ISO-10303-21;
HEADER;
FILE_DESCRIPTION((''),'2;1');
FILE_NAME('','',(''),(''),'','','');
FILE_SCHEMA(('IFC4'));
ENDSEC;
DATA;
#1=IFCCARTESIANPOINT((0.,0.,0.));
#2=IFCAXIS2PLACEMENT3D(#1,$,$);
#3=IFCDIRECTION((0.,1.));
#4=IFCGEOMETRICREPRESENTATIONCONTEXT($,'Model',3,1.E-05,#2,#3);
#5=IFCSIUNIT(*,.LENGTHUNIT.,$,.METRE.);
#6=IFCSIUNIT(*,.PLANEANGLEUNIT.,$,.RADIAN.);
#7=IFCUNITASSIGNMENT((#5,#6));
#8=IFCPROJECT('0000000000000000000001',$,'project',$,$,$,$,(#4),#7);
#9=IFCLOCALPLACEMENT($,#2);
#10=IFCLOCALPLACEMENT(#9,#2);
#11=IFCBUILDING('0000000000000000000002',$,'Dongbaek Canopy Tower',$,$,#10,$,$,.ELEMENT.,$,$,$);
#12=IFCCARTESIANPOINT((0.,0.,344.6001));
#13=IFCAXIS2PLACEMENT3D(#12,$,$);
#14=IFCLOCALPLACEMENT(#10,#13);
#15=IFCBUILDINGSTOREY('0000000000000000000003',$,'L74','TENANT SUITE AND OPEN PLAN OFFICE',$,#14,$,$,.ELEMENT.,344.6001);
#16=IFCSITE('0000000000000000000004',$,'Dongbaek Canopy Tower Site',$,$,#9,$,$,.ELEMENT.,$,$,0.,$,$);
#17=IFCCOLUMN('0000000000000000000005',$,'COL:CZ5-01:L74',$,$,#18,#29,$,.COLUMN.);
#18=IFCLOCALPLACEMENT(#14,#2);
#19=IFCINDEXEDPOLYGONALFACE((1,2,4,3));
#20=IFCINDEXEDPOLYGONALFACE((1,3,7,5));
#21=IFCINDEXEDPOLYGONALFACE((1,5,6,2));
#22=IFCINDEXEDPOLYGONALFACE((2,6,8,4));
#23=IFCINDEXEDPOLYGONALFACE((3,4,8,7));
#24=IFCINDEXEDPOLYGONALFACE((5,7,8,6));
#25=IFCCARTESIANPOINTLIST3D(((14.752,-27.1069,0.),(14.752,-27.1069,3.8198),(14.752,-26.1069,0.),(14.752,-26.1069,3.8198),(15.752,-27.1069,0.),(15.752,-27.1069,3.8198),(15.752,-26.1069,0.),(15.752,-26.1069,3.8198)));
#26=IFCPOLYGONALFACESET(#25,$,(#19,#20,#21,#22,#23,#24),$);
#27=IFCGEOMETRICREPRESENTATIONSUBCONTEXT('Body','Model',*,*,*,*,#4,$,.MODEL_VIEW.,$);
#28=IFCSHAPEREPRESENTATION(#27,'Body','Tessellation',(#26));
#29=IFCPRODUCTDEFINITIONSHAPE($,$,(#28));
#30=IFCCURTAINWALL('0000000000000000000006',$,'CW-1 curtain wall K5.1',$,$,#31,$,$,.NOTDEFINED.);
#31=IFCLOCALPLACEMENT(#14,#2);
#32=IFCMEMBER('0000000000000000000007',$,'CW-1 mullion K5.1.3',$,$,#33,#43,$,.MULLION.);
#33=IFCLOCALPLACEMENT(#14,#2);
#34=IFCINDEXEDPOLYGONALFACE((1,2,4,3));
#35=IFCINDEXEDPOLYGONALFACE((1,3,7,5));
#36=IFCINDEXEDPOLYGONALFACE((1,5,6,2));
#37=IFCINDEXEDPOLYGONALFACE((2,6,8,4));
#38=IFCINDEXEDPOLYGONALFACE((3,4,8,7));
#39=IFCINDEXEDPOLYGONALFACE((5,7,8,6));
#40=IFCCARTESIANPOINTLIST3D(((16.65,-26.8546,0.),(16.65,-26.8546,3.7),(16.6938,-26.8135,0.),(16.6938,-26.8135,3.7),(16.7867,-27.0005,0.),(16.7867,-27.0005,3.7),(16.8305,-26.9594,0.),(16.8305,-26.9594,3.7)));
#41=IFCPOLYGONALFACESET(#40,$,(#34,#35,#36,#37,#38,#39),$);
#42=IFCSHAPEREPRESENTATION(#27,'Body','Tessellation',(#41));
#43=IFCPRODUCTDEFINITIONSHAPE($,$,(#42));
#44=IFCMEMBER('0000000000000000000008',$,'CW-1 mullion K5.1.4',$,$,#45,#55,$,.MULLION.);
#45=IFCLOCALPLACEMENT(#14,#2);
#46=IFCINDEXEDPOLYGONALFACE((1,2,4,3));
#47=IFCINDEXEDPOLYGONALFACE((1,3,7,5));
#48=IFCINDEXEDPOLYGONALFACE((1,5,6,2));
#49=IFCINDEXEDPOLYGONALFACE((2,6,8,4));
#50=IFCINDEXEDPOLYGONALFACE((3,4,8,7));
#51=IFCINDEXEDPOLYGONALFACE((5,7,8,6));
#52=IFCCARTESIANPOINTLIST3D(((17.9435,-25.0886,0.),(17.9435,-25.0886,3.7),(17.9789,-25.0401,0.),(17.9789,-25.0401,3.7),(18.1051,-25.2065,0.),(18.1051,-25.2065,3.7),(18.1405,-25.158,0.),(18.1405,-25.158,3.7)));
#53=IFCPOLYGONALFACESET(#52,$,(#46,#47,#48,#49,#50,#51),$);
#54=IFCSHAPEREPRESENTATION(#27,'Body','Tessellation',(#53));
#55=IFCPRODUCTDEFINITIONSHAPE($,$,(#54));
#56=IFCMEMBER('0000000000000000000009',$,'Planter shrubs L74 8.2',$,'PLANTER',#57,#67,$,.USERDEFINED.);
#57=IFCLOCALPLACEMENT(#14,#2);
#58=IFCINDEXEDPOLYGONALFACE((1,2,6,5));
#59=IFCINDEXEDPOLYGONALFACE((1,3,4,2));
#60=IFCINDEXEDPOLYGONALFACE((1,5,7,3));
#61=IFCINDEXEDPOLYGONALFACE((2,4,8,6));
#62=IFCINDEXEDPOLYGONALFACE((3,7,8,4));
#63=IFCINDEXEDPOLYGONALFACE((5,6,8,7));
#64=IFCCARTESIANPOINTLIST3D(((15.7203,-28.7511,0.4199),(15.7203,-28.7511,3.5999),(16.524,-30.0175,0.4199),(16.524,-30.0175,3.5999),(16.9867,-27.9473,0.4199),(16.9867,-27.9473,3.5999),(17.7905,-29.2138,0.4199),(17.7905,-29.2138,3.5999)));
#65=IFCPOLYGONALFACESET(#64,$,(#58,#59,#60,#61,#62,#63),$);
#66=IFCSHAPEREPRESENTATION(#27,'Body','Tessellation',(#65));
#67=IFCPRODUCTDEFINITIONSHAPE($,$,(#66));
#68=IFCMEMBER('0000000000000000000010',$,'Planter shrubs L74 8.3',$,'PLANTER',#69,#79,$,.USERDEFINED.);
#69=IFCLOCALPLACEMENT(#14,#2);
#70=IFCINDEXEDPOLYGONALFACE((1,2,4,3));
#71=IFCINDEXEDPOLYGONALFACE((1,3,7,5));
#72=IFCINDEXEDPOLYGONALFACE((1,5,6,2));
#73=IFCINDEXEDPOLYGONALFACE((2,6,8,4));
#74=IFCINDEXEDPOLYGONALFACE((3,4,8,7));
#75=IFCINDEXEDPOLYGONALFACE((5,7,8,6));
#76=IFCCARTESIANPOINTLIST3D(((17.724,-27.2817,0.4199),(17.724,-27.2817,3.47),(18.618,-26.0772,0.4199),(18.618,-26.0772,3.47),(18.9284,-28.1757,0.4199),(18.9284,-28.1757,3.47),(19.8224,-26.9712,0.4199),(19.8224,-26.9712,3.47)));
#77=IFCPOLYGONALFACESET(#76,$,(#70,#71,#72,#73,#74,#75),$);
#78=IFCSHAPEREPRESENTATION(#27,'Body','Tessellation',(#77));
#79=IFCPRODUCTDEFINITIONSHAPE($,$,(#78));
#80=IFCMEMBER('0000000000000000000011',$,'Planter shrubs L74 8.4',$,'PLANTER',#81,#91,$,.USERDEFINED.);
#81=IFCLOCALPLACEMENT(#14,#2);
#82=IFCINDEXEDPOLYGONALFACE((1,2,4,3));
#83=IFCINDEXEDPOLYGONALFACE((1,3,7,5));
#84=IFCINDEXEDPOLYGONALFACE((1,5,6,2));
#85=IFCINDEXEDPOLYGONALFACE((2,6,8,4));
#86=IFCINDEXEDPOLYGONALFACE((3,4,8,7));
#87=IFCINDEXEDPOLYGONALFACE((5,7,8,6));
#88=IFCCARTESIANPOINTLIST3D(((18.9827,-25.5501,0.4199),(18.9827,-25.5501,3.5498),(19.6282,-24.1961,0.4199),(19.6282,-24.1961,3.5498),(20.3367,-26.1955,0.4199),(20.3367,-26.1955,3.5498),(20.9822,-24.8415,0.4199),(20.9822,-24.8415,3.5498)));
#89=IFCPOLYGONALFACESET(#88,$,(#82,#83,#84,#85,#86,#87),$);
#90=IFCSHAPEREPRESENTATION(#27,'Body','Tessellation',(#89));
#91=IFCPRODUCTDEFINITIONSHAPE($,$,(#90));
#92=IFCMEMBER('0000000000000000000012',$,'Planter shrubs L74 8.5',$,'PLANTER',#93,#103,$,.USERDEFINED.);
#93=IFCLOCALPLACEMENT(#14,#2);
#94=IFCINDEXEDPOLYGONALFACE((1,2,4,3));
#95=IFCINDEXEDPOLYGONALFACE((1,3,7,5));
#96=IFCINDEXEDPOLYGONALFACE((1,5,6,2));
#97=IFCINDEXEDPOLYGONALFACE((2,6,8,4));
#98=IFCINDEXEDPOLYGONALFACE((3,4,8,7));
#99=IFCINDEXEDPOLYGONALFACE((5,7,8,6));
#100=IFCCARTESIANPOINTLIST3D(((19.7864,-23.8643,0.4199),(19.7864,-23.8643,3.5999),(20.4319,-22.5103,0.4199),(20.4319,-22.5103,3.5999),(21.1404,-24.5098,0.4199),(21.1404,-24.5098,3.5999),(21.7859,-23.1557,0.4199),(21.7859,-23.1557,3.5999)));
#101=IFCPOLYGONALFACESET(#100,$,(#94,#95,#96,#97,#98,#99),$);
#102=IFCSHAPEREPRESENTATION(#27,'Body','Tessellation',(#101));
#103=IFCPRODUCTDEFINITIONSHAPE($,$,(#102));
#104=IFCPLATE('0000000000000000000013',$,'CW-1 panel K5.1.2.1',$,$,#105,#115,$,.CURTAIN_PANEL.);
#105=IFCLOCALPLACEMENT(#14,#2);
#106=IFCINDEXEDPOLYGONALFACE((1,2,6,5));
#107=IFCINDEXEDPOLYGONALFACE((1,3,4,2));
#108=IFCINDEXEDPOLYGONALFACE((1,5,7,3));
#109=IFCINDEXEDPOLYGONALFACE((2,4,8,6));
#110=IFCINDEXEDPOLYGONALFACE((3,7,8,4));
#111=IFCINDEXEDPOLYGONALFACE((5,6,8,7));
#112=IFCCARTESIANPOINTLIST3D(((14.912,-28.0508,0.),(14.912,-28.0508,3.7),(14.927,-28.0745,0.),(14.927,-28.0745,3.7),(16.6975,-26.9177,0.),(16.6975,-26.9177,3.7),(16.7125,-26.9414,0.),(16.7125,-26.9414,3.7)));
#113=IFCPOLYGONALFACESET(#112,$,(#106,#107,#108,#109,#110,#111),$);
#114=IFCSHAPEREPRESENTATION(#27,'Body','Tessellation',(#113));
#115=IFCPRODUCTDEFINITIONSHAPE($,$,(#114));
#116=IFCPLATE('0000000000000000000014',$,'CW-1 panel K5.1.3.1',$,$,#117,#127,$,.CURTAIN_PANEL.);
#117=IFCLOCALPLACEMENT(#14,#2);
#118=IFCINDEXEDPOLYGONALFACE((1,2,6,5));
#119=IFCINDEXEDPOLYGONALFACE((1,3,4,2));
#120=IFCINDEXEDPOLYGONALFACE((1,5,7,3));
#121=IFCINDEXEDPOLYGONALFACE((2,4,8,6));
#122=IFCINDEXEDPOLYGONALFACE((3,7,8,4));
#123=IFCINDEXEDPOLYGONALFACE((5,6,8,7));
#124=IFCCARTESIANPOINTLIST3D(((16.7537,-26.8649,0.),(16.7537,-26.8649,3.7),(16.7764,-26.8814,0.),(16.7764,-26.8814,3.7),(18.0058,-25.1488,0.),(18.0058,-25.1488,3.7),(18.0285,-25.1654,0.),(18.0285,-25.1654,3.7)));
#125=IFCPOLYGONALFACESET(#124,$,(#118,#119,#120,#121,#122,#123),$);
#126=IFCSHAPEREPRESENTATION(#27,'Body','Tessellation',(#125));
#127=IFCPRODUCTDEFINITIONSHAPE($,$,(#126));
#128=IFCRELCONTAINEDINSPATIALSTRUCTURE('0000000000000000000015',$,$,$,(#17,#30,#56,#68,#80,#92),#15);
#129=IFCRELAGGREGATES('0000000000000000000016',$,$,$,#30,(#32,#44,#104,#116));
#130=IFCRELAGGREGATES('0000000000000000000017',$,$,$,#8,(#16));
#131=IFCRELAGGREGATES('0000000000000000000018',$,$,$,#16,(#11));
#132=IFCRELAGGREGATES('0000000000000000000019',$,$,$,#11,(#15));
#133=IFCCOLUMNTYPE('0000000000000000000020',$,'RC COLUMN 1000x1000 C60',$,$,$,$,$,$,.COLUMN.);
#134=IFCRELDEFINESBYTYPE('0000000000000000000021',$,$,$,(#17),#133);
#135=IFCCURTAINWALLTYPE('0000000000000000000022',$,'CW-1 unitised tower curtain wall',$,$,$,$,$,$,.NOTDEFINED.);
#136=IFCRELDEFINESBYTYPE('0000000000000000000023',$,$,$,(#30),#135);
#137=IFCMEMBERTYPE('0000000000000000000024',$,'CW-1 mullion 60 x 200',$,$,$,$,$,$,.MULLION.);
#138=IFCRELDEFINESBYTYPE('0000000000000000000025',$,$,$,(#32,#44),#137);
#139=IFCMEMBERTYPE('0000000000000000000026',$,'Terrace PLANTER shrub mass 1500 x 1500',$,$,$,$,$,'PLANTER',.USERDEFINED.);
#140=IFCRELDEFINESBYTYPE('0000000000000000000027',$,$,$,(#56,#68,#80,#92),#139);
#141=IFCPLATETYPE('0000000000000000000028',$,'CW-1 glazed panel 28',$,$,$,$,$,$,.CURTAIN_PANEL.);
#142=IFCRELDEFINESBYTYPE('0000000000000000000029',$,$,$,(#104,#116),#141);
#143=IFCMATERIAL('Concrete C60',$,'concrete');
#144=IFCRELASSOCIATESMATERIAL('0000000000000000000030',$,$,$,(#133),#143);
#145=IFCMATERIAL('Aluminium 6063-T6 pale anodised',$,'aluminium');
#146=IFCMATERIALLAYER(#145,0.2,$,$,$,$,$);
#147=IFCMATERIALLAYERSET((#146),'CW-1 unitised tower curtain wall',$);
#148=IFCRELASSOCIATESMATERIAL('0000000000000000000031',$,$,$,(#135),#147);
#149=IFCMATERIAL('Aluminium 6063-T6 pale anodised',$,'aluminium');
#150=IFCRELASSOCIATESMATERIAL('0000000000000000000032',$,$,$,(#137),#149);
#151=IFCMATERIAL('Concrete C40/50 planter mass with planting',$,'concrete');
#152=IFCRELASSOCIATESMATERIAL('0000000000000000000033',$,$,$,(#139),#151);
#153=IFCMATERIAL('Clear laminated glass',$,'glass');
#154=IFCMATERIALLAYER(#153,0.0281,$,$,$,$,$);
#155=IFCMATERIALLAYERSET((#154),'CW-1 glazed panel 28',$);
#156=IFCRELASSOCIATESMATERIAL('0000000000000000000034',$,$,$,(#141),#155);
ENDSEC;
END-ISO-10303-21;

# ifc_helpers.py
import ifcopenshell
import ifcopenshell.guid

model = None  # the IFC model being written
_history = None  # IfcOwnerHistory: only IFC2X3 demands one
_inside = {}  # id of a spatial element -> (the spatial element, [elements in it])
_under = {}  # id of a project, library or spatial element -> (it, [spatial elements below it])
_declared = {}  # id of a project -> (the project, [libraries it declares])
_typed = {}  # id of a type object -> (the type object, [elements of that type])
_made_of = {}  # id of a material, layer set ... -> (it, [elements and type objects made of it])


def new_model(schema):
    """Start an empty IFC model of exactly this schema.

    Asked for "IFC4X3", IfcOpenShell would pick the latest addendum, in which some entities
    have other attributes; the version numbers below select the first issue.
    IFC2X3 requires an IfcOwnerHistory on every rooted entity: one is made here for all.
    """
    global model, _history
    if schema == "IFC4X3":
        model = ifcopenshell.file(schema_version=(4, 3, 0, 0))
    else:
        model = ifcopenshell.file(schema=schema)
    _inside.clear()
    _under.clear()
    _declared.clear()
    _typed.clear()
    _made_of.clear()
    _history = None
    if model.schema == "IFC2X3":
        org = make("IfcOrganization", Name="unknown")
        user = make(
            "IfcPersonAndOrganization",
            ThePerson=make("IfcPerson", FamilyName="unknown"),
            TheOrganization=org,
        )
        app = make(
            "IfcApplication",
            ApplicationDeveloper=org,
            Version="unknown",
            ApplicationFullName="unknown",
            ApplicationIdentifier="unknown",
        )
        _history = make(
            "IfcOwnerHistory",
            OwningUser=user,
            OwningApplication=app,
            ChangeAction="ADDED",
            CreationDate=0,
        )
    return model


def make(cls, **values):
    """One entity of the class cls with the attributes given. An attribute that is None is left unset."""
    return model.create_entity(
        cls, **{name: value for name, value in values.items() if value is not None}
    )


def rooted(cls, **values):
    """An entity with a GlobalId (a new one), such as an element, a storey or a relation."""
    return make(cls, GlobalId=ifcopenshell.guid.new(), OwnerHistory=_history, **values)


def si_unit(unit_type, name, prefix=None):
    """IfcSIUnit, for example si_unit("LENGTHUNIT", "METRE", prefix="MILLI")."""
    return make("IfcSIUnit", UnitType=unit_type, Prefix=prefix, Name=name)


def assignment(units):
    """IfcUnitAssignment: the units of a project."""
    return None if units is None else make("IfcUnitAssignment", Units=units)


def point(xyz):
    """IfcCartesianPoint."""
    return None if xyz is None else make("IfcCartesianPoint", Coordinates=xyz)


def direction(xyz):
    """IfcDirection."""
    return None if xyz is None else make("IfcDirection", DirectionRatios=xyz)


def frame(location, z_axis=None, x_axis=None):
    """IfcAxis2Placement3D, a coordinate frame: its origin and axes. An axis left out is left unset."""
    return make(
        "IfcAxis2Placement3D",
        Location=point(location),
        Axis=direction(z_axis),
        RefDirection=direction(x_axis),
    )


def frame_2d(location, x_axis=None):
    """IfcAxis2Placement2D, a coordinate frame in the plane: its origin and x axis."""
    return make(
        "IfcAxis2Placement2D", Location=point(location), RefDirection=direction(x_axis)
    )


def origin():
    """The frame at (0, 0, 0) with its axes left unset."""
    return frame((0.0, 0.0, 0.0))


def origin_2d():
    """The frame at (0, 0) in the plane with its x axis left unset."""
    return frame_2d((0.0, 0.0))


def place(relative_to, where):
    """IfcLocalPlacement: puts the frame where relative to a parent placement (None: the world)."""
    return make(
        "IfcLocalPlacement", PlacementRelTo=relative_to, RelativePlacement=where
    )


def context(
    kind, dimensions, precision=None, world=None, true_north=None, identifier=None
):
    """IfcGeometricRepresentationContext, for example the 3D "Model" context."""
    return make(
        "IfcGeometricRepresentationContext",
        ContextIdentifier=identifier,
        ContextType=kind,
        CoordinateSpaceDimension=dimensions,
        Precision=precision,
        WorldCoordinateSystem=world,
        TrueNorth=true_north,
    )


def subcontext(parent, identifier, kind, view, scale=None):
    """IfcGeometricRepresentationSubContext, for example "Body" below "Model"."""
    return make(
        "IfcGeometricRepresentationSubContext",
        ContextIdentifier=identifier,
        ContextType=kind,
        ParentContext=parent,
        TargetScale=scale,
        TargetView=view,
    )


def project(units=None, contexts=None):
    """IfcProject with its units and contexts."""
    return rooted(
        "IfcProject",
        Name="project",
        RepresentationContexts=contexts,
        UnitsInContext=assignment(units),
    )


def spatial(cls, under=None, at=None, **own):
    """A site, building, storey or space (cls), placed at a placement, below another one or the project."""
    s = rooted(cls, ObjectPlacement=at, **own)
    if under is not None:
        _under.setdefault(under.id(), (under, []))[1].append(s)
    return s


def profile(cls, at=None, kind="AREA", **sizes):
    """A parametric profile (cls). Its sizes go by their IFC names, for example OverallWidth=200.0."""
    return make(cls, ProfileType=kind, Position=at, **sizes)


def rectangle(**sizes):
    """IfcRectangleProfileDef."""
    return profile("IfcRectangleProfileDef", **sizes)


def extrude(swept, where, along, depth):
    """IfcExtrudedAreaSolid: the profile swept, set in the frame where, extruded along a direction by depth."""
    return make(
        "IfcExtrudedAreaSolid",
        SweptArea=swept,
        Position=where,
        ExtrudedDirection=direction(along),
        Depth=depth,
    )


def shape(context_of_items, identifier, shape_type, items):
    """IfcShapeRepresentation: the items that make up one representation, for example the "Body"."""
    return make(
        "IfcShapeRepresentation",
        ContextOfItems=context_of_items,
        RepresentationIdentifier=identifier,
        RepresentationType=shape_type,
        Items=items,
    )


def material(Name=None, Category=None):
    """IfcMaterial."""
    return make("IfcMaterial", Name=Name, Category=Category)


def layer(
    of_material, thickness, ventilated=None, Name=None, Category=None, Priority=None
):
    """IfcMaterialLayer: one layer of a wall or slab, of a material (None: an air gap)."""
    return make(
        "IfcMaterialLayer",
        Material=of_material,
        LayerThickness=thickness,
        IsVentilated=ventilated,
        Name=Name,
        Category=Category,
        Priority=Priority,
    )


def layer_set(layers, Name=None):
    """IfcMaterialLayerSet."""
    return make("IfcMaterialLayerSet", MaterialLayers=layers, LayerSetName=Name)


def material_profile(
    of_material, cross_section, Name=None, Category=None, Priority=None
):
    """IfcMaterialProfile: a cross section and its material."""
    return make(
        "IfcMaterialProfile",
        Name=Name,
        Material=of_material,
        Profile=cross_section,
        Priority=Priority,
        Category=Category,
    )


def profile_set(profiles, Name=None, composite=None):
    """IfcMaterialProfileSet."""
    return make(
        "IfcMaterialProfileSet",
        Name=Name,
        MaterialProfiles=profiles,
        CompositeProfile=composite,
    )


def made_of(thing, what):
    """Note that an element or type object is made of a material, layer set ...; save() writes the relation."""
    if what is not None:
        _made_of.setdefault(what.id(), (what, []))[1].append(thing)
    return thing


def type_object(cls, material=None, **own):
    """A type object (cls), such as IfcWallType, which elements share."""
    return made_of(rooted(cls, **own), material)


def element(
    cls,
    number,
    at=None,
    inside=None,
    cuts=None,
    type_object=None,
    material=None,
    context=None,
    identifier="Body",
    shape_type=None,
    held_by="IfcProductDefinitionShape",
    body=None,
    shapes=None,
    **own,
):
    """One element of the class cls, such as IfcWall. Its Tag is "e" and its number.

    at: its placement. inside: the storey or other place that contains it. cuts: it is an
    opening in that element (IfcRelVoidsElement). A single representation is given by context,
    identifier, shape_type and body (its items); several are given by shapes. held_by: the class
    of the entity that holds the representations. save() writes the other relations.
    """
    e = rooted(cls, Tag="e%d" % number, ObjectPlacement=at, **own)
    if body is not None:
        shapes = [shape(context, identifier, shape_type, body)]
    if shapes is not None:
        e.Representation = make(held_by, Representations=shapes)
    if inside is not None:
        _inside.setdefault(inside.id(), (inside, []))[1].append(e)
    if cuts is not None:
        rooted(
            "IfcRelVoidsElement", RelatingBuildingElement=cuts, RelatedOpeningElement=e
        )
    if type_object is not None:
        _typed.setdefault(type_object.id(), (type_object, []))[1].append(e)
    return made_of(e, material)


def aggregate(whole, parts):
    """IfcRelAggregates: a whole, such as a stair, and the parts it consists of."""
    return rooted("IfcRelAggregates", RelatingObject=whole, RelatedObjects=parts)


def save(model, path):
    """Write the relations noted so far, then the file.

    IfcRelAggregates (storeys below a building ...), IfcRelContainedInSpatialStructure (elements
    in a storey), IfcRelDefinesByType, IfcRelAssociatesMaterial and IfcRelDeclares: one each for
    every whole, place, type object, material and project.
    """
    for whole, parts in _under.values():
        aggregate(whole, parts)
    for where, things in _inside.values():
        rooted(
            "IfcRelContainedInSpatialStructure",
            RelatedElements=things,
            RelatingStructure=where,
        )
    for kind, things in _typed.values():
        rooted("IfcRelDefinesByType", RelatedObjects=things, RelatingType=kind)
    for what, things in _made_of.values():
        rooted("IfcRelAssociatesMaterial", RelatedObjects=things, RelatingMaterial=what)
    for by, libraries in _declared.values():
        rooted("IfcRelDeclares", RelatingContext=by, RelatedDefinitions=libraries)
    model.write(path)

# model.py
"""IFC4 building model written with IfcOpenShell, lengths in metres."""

from ifc_helpers import new_model, si_unit, direction, frame, origin, origin_2d, place, context, subcontext, project, spatial, rectangle, extrude, material, layer, layer_set, material_profile, profile_set, type_object, element, aggregate, save


model = new_model("IFC4")

# Units and contexts
model_context = context("Model", 3, precision=1e-05, world=origin(), true_north=direction((0.0, 1.0)))
body_context = subcontext(model_context, "Body", "Model", "MODEL_VIEW")
ifc_project = project(units=[si_unit("LENGTHUNIT", "METRE"), si_unit("PLANEANGLEUNIT", "RADIAN")], contexts=[model_context])

# Site, building, storey
site_placement = place(None, origin())
site = spatial("IfcSite", under=ifc_project, at=site_placement, Name="Dongbaek Canopy Tower Site", CompositionType="ELEMENT", RefElevation=0.0)
building_placement = place(site_placement, origin())
building = spatial("IfcBuilding", under=site, at=building_placement, Name="Dongbaek Canopy Tower", CompositionType="ELEMENT")
storey_placement = place(building_placement, frame((0.0, 0.0, 344.6001)))
storey = spatial("IfcBuildingStorey", under=building, at=storey_placement, Name="L74", Description="TENANT SUITE AND OPEN PLAN OFFICE", CompositionType="ELEMENT", Elevation=344.6001)

# Column
ifc_material_1 = material(Name="Concrete C60", Category="concrete")
ifc_material_profile_1 = material_profile(ifc_material_1, rectangle(XDim=1.0, YDim=1.0, at=origin_2d()), Name="RC COLUMN 1000x1000 C60")
ifc_profile_set_1 = profile_set([ifc_material_profile_1], Name="Concrete C60")
column_type = type_object("IfcColumnType", Name="RC COLUMN 1000x1000 C60", PredefinedType="COLUMN", material=ifc_profile_set_1)
column_placement = place(storey_placement, frame((15.252, -26.6069, 0.0), z_axis=(0.0, 0.0, 1.0), x_axis=(1.0, 0.0, 0.0)))
element("IfcColumn", 1, at=column_placement, inside=storey, type_object=column_type, Name="COL:CZ5-01:L74", PredefinedType="COLUMN", context=body_context, shape_type="SweptSolid", body=[
    extrude(rectangle(XDim=1.0, YDim=1.0, at=origin_2d()), origin(), (0.0, 0.0, 1.0), 3.8198),
])

# Curtain wall, members
ifc_material_2 = material(Name="Aluminium 6063-T6 pale anodised", Category="aluminium")
ifc_layer_1 = layer(ifc_material_2, 0.2)
ifc_layer_set_1 = layer_set([ifc_layer_1], Name="CW-1 unitised tower curtain wall")
curtain_wall_type = type_object("IfcCurtainWallType", Name="CW-1 unitised tower curtain wall", PredefinedType="NOTDEFINED", material=ifc_layer_set_1)
curtain_wall_placement = place(storey_placement, origin())
curtain_wall = element("IfcCurtainWall", 2, at=curtain_wall_placement, inside=storey, type_object=curtain_wall_type, Name="CW-1 curtain wall K5.1", PredefinedType="NOTDEFINED")
ifc_material_3 = material(Name="Aluminium 6063-T6 pale anodised", Category="aluminium")
ifc_material_profile_2 = material_profile(ifc_material_3, rectangle(XDim=0.2, YDim=0.0601, at=origin_2d()), Name="CW-1 mullion 60 x 200")
ifc_profile_set_2 = profile_set([ifc_material_profile_2], Name="Aluminium 6063-T6 pale anodised")
member_type_1 = type_object("IfcMemberType", Name="CW-1 mullion 60 x 200", PredefinedType="MULLION", material=ifc_profile_set_2)
member_1_placement = place(storey_placement, frame((16.7402, -26.907, 0.0), z_axis=(0.0, 0.0, 1.0), x_axis=(0.683818, -0.729653, 0.0)))
member_1 = element("IfcMember", 3, at=member_1_placement, type_object=member_type_1, Name="CW-1 mullion K5.1.3", PredefinedType="MULLION", context=body_context, shape_type="SweptSolid", body=[
    extrude(rectangle(XDim=0.2, YDim=0.0601, at=origin_2d()), origin(), (0.0, 0.0, 1.0), 3.7),
])
member_2_placement = place(storey_placement, frame((18.042, -25.1233, 0.0), z_axis=(0.0, 0.0, 1.0), x_axis=(0.80783, -0.589416, 0.0)))
member_2 = element("IfcMember", 4, at=member_2_placement, type_object=member_type_1, Name="CW-1 mullion K5.1.4", PredefinedType="MULLION", context=body_context, shape_type="SweptSolid", body=[
    extrude(rectangle(XDim=0.2, YDim=0.0601, at=origin_2d()), origin(), (0.0, 0.0, 1.0), 3.7),
])

# Members
ifc_material_4 = material(Name="Concrete C40/50 planter mass with planting", Category="concrete")
ifc_material_profile_3 = material_profile(ifc_material_4, rectangle(XDim=1.5, YDim=1.5, at=origin_2d()), Name="Terrace PLANTER shrub mass 1500 x 1500")
ifc_profile_set_3 = profile_set([ifc_material_profile_3], Name="Concrete C40/50 planter mass with planting")
member_type_2 = type_object("IfcMemberType", Name="Terrace PLANTER shrub mass 1500 x 1500", ElementType="PLANTER", PredefinedType="USERDEFINED", material=ifc_profile_set_3)
member_3_placement = place(storey_placement, frame((16.7554, -28.9824, 0.4199), z_axis=(0.0, 0.0, 1.0), x_axis=(0.53584, -0.844319, 0.0)))
element("IfcMember", 5, at=member_3_placement, inside=storey, type_object=member_type_2, Name="Planter shrubs L74 8.2", ObjectType="PLANTER", PredefinedType="USERDEFINED", context=body_context, shape_type="SweptSolid", body=[
    extrude(rectangle(XDim=1.5, YDim=1.5, at=origin_2d()), origin(), (0.0, 0.0, 1.0), 3.1799),
])
member_4_placement = place(storey_placement, frame((18.7732, -27.1265, 0.4199), z_axis=(0.0, 0.0, 1.0), x_axis=(0.802975, -0.596012, 0.0)))
element("IfcMember", 6, at=member_4_placement, inside=storey, type_object=member_type_2, Name="Planter shrubs L74 8.3", ObjectType="PLANTER", PredefinedType="USERDEFINED", context=body_context, shape_type="SweptSolid", body=[
    extrude(rectangle(XDim=1.5, YDim=1.5, at=origin_2d()), origin(), (0.0, 0.0, 1.0), 3.05),
])
member_5_placement = place(storey_placement, frame((19.9824, -25.1958, 0.4199), z_axis=(0.0, 0.0, 1.0), x_axis=(0.902678, -0.430316, 0.0)))
element("IfcMember", 7, at=member_5_placement, inside=storey, type_object=member_type_2, Name="Planter shrubs L74 8.4", ObjectType="PLANTER", PredefinedType="USERDEFINED", context=body_context, shape_type="SweptSolid", body=[
    extrude(rectangle(XDim=1.5, YDim=1.5, at=origin_2d()), origin(), (0.0, 0.0, 1.0), 3.1299),
])
member_6_placement = place(storey_placement, frame((20.7861, -23.51, 0.4199), z_axis=(0.0, 0.0, 1.0), x_axis=(0.902678, -0.430316, 0.0)))
element("IfcMember", 8, at=member_6_placement, inside=storey, type_object=member_type_2, Name="Planter shrubs L74 8.5", ObjectType="PLANTER", PredefinedType="USERDEFINED", context=body_context, shape_type="SweptSolid", body=[
    extrude(rectangle(XDim=1.5, YDim=1.5, at=origin_2d()), origin(), (0.0, 0.0, 1.0), 3.1799),
])

# Plates
ifc_material_5 = material(Name="Clear laminated glass", Category="glass")
ifc_layer_2 = layer(ifc_material_5, 0.0281)
ifc_layer_set_2 = layer_set([ifc_layer_2], Name="CW-1 glazed panel 28")
plate_type = type_object("IfcPlateType", Name="CW-1 glazed panel 28", PredefinedType="CURTAIN_PANEL", material=ifc_layer_set_2)
plate_1_placement = place(storey_placement, frame((15.8123, -27.4961, 0.0), z_axis=(0.0, 0.0, 1.0), x_axis=(0.844319, 0.53584, 0.0)))
plate_1 = element("IfcPlate", 9, at=plate_1_placement, type_object=plate_type, Name="CW-1 panel K5.1.2.1", PredefinedType="CURTAIN_PANEL", context=body_context, shape_type="SweptSolid", body=[
    extrude(rectangle(XDim=2.1147, YDim=0.0281, at=origin_2d()), origin(), (0.0, 0.0, 1.0), 3.7),
])
plate_2_placement = place(storey_placement, frame((17.3911, -26.0151, 0.0), z_axis=(0.0, 0.0, 1.0), x_axis=(0.589416, 0.80783, 0.0)))
plate_2 = element("IfcPlate", 10, at=plate_2_placement, type_object=plate_type, Name="CW-1 panel K5.1.3.1", PredefinedType="CURTAIN_PANEL", context=body_context, shape_type="SweptSolid", body=[
    extrude(rectangle(XDim=2.1243, YDim=0.0281, at=origin_2d()), origin(), (0.0, 0.0, 1.0), 3.7),
])
aggregate(curtain_wall, [member_1, member_2, plate_1, plate_2])

save(model, "model.ifc")
